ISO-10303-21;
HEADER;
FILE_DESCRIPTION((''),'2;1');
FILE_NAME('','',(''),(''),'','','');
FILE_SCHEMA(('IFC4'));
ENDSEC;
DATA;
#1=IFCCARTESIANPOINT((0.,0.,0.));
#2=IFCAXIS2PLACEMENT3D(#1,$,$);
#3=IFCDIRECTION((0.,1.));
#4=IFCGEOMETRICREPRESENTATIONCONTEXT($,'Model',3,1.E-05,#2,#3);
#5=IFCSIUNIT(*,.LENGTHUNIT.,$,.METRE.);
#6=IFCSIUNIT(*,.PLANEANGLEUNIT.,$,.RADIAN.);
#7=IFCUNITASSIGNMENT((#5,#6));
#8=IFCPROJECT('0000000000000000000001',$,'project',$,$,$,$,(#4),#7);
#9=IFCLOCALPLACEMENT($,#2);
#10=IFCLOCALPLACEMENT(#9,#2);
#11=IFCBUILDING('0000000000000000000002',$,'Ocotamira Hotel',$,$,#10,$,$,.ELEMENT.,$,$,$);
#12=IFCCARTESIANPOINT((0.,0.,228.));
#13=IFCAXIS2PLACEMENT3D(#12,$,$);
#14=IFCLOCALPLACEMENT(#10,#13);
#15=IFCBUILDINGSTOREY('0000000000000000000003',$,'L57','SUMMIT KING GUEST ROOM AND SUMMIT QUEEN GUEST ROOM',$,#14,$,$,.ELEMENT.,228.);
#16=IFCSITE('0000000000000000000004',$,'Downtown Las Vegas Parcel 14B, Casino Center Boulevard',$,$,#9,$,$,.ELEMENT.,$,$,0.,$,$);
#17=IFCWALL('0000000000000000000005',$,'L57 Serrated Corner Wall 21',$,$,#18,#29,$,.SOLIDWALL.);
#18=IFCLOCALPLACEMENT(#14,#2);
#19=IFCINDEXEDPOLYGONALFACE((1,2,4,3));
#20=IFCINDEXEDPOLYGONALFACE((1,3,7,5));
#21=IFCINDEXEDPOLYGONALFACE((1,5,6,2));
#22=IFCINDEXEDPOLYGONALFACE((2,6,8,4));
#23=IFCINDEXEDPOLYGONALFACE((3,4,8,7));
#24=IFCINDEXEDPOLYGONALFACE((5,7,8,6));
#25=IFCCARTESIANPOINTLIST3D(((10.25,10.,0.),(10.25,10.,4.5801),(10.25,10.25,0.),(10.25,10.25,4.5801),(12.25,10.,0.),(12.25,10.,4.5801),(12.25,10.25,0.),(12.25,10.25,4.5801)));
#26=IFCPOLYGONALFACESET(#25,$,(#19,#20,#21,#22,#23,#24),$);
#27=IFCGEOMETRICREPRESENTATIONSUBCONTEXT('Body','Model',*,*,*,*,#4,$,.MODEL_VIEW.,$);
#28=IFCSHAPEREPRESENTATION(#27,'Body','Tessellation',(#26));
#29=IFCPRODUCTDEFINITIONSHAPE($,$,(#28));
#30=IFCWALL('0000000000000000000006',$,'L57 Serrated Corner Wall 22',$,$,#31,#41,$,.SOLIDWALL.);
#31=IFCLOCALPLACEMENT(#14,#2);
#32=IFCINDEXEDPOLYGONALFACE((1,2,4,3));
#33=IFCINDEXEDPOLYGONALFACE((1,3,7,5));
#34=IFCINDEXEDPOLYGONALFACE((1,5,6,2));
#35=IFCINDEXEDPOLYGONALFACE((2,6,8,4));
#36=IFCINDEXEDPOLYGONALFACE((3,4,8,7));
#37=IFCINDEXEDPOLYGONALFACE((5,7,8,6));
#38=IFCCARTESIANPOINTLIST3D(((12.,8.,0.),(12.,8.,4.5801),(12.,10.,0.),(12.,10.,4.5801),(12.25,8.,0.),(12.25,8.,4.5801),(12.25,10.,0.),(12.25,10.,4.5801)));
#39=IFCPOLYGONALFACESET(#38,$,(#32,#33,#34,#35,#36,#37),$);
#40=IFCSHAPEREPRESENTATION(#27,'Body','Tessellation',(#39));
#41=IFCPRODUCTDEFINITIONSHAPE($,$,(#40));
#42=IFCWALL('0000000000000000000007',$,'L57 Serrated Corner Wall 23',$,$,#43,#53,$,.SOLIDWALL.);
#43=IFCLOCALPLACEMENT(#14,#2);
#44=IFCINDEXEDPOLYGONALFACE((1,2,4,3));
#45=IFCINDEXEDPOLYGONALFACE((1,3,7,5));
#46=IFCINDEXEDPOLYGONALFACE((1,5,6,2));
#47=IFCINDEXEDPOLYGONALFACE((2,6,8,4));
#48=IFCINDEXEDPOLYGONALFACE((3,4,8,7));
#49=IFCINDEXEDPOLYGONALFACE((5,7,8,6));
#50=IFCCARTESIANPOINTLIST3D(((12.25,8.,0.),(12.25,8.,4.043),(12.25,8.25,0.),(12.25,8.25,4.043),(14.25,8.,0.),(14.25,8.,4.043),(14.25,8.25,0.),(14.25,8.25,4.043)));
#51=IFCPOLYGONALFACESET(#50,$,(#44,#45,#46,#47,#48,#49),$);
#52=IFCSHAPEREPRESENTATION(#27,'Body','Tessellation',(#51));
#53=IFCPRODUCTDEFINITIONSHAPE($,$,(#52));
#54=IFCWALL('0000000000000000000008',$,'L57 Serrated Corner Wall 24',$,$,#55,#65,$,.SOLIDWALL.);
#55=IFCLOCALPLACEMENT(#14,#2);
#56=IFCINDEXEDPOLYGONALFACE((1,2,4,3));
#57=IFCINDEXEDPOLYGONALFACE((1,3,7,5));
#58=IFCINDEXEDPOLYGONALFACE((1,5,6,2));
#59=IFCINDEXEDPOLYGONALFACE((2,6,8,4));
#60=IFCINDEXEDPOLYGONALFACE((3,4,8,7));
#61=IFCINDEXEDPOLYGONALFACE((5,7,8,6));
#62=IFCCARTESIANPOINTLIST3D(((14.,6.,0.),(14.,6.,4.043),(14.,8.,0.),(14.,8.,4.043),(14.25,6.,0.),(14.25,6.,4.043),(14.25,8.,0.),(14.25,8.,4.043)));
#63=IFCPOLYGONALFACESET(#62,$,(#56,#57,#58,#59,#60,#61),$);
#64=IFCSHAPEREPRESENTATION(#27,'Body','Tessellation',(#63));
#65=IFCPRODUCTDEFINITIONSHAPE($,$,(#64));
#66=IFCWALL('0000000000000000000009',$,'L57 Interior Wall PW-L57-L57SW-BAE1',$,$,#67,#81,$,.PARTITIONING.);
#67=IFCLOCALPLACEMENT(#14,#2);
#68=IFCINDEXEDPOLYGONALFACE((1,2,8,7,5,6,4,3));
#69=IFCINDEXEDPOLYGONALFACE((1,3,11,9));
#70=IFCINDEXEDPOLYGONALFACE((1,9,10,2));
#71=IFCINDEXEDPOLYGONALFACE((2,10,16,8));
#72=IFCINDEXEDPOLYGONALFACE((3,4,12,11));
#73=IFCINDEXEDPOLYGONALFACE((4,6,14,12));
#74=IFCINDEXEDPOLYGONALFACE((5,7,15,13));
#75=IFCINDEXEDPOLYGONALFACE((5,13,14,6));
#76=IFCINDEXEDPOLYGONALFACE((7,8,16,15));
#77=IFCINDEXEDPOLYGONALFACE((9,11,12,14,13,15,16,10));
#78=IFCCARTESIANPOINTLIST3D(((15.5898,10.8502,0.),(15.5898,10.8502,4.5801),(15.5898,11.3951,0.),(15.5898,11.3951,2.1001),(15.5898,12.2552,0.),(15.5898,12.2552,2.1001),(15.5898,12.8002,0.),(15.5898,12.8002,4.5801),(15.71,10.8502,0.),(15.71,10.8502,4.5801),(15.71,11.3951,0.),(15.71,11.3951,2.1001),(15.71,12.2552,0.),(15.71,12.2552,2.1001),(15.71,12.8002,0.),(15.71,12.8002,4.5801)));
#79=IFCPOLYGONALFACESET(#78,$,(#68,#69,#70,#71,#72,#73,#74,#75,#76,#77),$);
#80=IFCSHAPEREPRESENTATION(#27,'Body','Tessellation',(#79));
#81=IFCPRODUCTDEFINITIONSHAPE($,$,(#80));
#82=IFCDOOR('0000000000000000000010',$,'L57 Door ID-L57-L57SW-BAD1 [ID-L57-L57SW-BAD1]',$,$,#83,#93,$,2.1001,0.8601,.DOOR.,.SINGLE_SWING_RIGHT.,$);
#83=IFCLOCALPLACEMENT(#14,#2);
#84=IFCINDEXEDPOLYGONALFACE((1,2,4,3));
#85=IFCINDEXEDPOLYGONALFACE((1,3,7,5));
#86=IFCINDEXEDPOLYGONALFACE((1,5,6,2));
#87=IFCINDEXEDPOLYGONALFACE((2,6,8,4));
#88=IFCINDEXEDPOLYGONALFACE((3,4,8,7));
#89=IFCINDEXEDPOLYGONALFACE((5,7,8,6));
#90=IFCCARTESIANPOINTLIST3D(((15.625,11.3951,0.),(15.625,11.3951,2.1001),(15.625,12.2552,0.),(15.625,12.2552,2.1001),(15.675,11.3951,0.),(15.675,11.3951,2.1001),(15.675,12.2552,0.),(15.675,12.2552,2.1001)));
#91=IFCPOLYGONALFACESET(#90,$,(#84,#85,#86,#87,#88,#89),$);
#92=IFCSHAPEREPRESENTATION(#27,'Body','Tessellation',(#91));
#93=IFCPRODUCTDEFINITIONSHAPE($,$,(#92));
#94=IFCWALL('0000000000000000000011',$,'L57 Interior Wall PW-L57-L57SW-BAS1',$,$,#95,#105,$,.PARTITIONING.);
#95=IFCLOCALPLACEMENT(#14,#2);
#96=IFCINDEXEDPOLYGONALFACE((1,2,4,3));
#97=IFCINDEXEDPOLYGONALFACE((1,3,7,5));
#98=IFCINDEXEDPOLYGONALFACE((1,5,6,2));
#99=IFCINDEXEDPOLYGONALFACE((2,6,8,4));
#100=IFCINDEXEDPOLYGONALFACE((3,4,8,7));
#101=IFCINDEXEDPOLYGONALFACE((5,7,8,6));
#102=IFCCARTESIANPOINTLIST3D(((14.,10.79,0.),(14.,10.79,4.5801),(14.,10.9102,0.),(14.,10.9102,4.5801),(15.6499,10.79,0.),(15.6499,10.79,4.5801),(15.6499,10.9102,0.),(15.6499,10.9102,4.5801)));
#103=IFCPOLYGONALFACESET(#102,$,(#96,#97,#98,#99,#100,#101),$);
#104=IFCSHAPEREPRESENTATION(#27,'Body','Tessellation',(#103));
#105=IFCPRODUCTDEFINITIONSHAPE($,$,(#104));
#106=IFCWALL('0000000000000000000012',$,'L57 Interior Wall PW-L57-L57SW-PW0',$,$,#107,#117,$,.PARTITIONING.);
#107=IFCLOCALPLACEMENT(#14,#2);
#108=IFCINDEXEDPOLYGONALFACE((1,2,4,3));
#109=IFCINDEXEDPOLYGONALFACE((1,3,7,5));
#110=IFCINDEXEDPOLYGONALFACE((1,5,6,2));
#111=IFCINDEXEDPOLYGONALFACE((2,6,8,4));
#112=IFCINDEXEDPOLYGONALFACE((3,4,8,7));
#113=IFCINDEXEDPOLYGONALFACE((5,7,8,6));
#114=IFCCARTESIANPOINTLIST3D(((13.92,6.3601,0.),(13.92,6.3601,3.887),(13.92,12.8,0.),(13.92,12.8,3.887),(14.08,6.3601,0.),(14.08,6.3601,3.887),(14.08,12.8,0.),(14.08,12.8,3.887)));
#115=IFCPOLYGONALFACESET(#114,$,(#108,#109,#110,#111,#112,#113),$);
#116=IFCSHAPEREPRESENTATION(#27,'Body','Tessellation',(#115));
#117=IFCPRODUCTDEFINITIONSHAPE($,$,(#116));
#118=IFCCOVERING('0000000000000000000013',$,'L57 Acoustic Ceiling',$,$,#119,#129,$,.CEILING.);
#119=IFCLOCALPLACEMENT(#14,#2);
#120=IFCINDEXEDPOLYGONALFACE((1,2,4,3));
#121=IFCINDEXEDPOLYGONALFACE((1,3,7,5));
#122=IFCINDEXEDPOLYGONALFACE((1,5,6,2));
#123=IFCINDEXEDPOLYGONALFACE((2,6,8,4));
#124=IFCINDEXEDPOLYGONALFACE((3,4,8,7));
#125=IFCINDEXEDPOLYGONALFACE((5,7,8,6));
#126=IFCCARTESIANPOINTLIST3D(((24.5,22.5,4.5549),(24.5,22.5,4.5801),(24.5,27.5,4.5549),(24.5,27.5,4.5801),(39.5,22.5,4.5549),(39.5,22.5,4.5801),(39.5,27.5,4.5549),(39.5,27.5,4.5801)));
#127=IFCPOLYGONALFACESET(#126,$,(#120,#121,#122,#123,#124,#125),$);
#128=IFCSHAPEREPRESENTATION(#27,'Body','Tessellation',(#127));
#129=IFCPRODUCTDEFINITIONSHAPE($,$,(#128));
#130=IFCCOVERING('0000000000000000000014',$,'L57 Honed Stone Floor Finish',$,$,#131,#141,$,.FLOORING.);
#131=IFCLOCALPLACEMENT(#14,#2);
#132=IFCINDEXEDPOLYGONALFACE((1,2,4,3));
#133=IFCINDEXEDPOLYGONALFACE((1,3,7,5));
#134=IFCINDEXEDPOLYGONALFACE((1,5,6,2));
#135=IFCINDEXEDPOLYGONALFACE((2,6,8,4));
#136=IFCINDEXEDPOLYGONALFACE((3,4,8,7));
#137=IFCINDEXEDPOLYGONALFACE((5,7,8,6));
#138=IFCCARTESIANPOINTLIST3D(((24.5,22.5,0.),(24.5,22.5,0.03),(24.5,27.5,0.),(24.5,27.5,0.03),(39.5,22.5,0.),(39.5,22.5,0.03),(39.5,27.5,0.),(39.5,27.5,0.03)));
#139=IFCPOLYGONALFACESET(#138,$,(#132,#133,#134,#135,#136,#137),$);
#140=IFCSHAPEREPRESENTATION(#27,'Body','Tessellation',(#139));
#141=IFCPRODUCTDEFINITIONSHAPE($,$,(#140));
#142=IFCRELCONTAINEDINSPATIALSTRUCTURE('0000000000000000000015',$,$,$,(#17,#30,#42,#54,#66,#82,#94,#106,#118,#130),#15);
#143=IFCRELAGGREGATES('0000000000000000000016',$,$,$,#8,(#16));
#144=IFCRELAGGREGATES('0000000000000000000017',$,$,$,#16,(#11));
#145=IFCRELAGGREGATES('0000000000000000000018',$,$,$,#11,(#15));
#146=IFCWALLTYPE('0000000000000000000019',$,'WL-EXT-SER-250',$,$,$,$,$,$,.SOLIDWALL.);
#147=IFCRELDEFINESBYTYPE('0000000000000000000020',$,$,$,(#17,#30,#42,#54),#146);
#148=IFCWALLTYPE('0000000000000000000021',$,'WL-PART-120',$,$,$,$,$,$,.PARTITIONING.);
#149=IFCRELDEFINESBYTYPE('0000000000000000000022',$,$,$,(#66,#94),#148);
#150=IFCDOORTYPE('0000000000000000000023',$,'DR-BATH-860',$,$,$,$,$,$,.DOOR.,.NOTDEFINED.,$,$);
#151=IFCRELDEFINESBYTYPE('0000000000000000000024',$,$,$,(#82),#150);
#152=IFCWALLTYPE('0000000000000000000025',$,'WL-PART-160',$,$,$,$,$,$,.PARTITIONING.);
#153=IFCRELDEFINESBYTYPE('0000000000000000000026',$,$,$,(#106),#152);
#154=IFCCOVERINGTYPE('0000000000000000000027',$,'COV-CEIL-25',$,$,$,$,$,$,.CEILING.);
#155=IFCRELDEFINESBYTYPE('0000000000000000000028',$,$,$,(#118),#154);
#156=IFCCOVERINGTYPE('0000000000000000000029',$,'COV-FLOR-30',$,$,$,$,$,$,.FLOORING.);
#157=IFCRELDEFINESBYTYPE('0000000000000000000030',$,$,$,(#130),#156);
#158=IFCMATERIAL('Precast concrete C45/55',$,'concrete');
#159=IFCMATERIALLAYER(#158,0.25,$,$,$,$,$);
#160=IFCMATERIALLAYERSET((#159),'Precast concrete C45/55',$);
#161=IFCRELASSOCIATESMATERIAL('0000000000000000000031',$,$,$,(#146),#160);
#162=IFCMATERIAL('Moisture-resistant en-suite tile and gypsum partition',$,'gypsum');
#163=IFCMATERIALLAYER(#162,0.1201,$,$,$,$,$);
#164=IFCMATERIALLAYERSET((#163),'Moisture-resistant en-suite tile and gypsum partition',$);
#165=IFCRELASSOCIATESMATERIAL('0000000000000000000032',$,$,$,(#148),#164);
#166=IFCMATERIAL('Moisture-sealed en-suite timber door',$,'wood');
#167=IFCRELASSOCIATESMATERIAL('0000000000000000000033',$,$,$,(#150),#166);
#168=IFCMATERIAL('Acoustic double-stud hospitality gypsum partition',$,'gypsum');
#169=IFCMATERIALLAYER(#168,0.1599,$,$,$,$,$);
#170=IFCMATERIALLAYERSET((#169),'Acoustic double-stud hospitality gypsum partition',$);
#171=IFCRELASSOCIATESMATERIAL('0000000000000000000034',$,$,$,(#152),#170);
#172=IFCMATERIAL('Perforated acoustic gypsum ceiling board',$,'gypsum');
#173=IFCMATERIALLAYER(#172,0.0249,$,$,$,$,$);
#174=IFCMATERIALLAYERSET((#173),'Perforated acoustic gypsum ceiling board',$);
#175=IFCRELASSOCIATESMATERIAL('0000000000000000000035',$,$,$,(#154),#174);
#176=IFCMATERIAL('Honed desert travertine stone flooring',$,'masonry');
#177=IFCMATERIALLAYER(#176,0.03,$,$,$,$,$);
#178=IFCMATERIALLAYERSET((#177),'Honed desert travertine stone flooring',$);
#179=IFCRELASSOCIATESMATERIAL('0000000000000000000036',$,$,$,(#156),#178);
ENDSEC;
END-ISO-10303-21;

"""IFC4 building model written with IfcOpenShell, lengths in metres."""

from ifc_helpers import new_model, si_unit, direction, frame, frame_2d, origin, place, context, subcontext, project, spatial, polyline, rectangle, outline, extrude, source, transform, mapped, material, layer, layer_set, type_object, element, fill, save


model = new_model("IFC4")

# Units and contexts
model_context = context("Model", 3, precision=1e-05, world=origin(), true_north=direction((0.0, 1.0)))
body_context = subcontext(model_context, "Body", "Model", "MODEL_VIEW")
ifc_project = project(units=[si_unit("LENGTHUNIT", "METRE"), si_unit("PLANEANGLEUNIT", "RADIAN")], contexts=[model_context])

# Site, building, storey
site_placement = place(None, origin())
site = spatial("IfcSite", under=ifc_project, at=site_placement, Name="Downtown Las Vegas Parcel 14B, Casino Center Boulevard", CompositionType="ELEMENT", RefElevation=0.0)
building_placement = place(site_placement, origin())
building = spatial("IfcBuilding", under=site, at=building_placement, Name="Ocotamira Hotel", CompositionType="ELEMENT")
storey_placement = place(building_placement, frame((0.0, 0.0, 228.0)))
storey = spatial("IfcBuildingStorey", under=building, at=storey_placement, Name="L57", Description="SUMMIT KING GUEST ROOM AND SUMMIT QUEEN GUEST ROOM", CompositionType="ELEMENT", Elevation=228.0)

# Walls
ifc_material_1 = material(Name="Precast concrete C45/55", Category="concrete")
ifc_layer_1 = layer(ifc_material_1, 0.25)
ifc_layer_set_1 = layer_set([ifc_layer_1], Name="Precast concrete C45/55")
wall_type_1 = type_object("IfcWallType", Name="WL-EXT-SER-250", PredefinedType="SOLIDWALL", material=ifc_layer_set_1)
for number, where, z_axis, x_axis, name in (
    (1, (10.25, 10.125, 0.0), (0.0, 0.0, 1.0), (1.0, 0.0, 0.0), "L57 Serrated Corner Wall 21"),
    (2, (12.125, 10.0, 0.0), (0.0, 0.0, 1.0), (0.0, -1.0, 0.0), "L57 Serrated Corner Wall 22"),
):
    element("IfcWall", number, at=place(storey_placement, frame(where, z_axis=z_axis, x_axis=x_axis)), inside=storey, type_object=wall_type_1, Name=name, PredefinedType="SOLIDWALL", context=body_context, shape_type="SweptSolid", body=[
        extrude(rectangle(XDim=2.0, YDim=0.25, at=frame_2d((1.0, 0.0))), origin(), (0.0, 0.0, 1.0), 4.5801),
    ])
for number, where, z_axis, x_axis, name in (
    (3, (12.25, 8.125, 0.0), (0.0, 0.0, 1.0), (1.0, 0.0, 0.0), "L57 Serrated Corner Wall 23"),
    (4, (14.125, 8.0, 0.0), (0.0, 0.0, 1.0), (0.0, -1.0, 0.0), "L57 Serrated Corner Wall 24"),
):
    element("IfcWall", number, at=place(storey_placement, frame(where, z_axis=z_axis, x_axis=x_axis)), inside=storey, type_object=wall_type_1, Name=name, PredefinedType="SOLIDWALL", context=body_context, shape_type="SweptSolid", body=[
        extrude(rectangle(XDim=2.0, YDim=0.25, at=frame_2d((1.0, 0.0))), origin(), (0.0, 0.0, 1.0), 4.043),
    ])

# Wall, opening, door
ifc_material_2 = material(Name="Moisture-resistant en-suite tile and gypsum partition", Category="gypsum")
ifc_layer_2 = layer(ifc_material_2, 0.1201)
ifc_layer_set_2 = layer_set([ifc_layer_2], Name="Moisture-resistant en-suite tile and gypsum partition")
wall_type_2 = type_object("IfcWallType", Name="WL-PART-120", PredefinedType="PARTITIONING", material=ifc_layer_set_2)
wall_1_placement = place(storey_placement, frame((15.6499, 10.8501, 0.0), z_axis=(0.0, 0.0, 1.0), x_axis=(0.0, 1.0, 0.0)))
wall_1 = element("IfcWall", 5, at=wall_1_placement, inside=storey, type_object=wall_type_2, Name="L57 Interior Wall PW-L57-L57SW-BAE1", PredefinedType="PARTITIONING", context=body_context, shape_type="SweptSolid", body=[
    extrude(rectangle(XDim=1.95, YDim=0.1201, at=frame_2d((0.9751, 0.0))), origin(), (0.0, 0.0, 1.0), 4.5801),
])
opening_placement = place(wall_1_placement, frame((0.5449, 0.0, 0.0)))
opening = element("IfcOpeningElement", 6, at=opening_placement, cuts=wall_1, PredefinedType="OPENING", context=body_context, shape_type="SweptSolid", body=[
    extrude(rectangle(XDim=0.8601, YDim=2.1001, at=frame_2d((0.4302, 1.05))), frame((0.0, 0.0701, 0.0), z_axis=(0.0, -1.0, 0.0), x_axis=(1.0, 0.0, 0.0)), (0.0, 0.0, 1.0), 0.1401),
])
ifc_material_3 = material(Name="Moisture-sealed en-suite timber door", Category="wood")
door_type = type_object("IfcDoorType", Name="DR-BATH-860", OperationType="NOTDEFINED", PredefinedType="DOOR", material=ifc_material_3)
shared_shape_1 = source(origin(), body_context, "Body", "SweptSolid", [
    extrude(rectangle(XDim=0.8601, YDim=2.1001, at=frame_2d((0.4302, 1.05))), frame((0.0, 0.0249, 0.0), z_axis=(0.0, -1.0, 0.0), x_axis=(1.0, 0.0, 0.0)), (0.0, 0.0, 1.0), 0.05),
])
door_placement = place(opening_placement, origin())
door = element("IfcDoor", 7, at=door_placement, inside=storey, type_object=door_type, Name="L57 Door ID-L57-L57SW-BAD1 [ID-L57-L57SW-BAD1]", OperationType="SINGLE_SWING_RIGHT", OverallHeight=2.1001, OverallWidth=0.8601, PredefinedType="DOOR", context=body_context, shape_type="MappedRepresentation", body=[
    mapped(shared_shape_1, transform((0.0, 0.0, 0.0), scale=1.0)),
])
fill(opening, door)

# Walls
wall_2_placement = place(storey_placement, frame((14.0, 10.8501, 0.0), z_axis=(0.0, 0.0, 1.0), x_axis=(1.0, 0.0, 0.0)))
element("IfcWall", 8, at=wall_2_placement, inside=storey, type_object=wall_type_2, Name="L57 Interior Wall PW-L57-L57SW-BAS1", PredefinedType="PARTITIONING", context=body_context, shape_type="SweptSolid", body=[
    extrude(rectangle(XDim=1.6499, YDim=0.1201, at=frame_2d((0.825, 0.0))), origin(), (0.0, 0.0, 1.0), 4.5801),
])
ifc_material_4 = material(Name="Acoustic double-stud hospitality gypsum partition", Category="gypsum")
ifc_layer_3 = layer(ifc_material_4, 0.1599)
ifc_layer_set_3 = layer_set([ifc_layer_3], Name="Acoustic double-stud hospitality gypsum partition")
wall_type_3 = type_object("IfcWallType", Name="WL-PART-160", PredefinedType="PARTITIONING", material=ifc_layer_set_3)
wall_3_placement = place(storey_placement, frame((14.0, 6.3601, 0.0), z_axis=(0.0, 0.0, 1.0), x_axis=(0.0, 1.0, 0.0)))
element("IfcWall", 9, at=wall_3_placement, inside=storey, type_object=wall_type_3, Name="L57 Interior Wall PW-L57-L57SW-PW0", PredefinedType="PARTITIONING", context=body_context, shape_type="SweptSolid", body=[
    extrude(rectangle(XDim=6.4399, YDim=0.1599, at=frame_2d((3.22, 0.0))), origin(), (0.0, 0.0, 1.0), 3.887),
])

# Coverings
ifc_material_5 = material(Name="Perforated acoustic gypsum ceiling board", Category="gypsum")
ifc_layer_4 = layer(ifc_material_5, 0.0249)
ifc_layer_set_4 = layer_set([ifc_layer_4], Name="Perforated acoustic gypsum ceiling board")
covering_type_1 = type_object("IfcCoveringType", Name="COV-CEIL-25", PredefinedType="CEILING", material=ifc_layer_set_4)
covering_1_placement = place(storey_placement, frame((0.0, 0.0, 4.5549)))
element("IfcCovering", 10, at=covering_1_placement, inside=storey, type_object=covering_type_1, Name="L57 Acoustic Ceiling", PredefinedType="CEILING", context=body_context, shape_type="SweptSolid", body=[
    extrude(outline(polyline([(24.5, 22.5), (39.5, 22.5), (39.5, 27.5), (24.5, 27.5), (24.5, 22.5)])), origin(), (0.0, 0.0, 1.0), 0.0251),
])
ifc_material_6 = material(Name="Honed desert travertine stone flooring", Category="masonry")
ifc_layer_5 = layer(ifc_material_6, 0.03)
ifc_layer_set_5 = layer_set([ifc_layer_5], Name="Honed desert travertine stone flooring")
covering_type_2 = type_object("IfcCoveringType", Name="COV-FLOR-30", PredefinedType="FLOORING", material=ifc_layer_set_5)
covering_2_placement = place(storey_placement, origin())
element("IfcCovering", 11, at=covering_2_placement, inside=storey, type_object=covering_type_2, Name="L57 Honed Stone Floor Finish", PredefinedType="FLOORING", context=body_context, shape_type="SweptSolid", body=[
    extrude(outline(polyline([(24.5, 22.5), (39.5, 22.5), (39.5, 27.5), (24.5, 27.5), (24.5, 22.5)])), origin(), (0.0, 0.0, 1.0), 0.03),
])

save(model, "model.ifc")
